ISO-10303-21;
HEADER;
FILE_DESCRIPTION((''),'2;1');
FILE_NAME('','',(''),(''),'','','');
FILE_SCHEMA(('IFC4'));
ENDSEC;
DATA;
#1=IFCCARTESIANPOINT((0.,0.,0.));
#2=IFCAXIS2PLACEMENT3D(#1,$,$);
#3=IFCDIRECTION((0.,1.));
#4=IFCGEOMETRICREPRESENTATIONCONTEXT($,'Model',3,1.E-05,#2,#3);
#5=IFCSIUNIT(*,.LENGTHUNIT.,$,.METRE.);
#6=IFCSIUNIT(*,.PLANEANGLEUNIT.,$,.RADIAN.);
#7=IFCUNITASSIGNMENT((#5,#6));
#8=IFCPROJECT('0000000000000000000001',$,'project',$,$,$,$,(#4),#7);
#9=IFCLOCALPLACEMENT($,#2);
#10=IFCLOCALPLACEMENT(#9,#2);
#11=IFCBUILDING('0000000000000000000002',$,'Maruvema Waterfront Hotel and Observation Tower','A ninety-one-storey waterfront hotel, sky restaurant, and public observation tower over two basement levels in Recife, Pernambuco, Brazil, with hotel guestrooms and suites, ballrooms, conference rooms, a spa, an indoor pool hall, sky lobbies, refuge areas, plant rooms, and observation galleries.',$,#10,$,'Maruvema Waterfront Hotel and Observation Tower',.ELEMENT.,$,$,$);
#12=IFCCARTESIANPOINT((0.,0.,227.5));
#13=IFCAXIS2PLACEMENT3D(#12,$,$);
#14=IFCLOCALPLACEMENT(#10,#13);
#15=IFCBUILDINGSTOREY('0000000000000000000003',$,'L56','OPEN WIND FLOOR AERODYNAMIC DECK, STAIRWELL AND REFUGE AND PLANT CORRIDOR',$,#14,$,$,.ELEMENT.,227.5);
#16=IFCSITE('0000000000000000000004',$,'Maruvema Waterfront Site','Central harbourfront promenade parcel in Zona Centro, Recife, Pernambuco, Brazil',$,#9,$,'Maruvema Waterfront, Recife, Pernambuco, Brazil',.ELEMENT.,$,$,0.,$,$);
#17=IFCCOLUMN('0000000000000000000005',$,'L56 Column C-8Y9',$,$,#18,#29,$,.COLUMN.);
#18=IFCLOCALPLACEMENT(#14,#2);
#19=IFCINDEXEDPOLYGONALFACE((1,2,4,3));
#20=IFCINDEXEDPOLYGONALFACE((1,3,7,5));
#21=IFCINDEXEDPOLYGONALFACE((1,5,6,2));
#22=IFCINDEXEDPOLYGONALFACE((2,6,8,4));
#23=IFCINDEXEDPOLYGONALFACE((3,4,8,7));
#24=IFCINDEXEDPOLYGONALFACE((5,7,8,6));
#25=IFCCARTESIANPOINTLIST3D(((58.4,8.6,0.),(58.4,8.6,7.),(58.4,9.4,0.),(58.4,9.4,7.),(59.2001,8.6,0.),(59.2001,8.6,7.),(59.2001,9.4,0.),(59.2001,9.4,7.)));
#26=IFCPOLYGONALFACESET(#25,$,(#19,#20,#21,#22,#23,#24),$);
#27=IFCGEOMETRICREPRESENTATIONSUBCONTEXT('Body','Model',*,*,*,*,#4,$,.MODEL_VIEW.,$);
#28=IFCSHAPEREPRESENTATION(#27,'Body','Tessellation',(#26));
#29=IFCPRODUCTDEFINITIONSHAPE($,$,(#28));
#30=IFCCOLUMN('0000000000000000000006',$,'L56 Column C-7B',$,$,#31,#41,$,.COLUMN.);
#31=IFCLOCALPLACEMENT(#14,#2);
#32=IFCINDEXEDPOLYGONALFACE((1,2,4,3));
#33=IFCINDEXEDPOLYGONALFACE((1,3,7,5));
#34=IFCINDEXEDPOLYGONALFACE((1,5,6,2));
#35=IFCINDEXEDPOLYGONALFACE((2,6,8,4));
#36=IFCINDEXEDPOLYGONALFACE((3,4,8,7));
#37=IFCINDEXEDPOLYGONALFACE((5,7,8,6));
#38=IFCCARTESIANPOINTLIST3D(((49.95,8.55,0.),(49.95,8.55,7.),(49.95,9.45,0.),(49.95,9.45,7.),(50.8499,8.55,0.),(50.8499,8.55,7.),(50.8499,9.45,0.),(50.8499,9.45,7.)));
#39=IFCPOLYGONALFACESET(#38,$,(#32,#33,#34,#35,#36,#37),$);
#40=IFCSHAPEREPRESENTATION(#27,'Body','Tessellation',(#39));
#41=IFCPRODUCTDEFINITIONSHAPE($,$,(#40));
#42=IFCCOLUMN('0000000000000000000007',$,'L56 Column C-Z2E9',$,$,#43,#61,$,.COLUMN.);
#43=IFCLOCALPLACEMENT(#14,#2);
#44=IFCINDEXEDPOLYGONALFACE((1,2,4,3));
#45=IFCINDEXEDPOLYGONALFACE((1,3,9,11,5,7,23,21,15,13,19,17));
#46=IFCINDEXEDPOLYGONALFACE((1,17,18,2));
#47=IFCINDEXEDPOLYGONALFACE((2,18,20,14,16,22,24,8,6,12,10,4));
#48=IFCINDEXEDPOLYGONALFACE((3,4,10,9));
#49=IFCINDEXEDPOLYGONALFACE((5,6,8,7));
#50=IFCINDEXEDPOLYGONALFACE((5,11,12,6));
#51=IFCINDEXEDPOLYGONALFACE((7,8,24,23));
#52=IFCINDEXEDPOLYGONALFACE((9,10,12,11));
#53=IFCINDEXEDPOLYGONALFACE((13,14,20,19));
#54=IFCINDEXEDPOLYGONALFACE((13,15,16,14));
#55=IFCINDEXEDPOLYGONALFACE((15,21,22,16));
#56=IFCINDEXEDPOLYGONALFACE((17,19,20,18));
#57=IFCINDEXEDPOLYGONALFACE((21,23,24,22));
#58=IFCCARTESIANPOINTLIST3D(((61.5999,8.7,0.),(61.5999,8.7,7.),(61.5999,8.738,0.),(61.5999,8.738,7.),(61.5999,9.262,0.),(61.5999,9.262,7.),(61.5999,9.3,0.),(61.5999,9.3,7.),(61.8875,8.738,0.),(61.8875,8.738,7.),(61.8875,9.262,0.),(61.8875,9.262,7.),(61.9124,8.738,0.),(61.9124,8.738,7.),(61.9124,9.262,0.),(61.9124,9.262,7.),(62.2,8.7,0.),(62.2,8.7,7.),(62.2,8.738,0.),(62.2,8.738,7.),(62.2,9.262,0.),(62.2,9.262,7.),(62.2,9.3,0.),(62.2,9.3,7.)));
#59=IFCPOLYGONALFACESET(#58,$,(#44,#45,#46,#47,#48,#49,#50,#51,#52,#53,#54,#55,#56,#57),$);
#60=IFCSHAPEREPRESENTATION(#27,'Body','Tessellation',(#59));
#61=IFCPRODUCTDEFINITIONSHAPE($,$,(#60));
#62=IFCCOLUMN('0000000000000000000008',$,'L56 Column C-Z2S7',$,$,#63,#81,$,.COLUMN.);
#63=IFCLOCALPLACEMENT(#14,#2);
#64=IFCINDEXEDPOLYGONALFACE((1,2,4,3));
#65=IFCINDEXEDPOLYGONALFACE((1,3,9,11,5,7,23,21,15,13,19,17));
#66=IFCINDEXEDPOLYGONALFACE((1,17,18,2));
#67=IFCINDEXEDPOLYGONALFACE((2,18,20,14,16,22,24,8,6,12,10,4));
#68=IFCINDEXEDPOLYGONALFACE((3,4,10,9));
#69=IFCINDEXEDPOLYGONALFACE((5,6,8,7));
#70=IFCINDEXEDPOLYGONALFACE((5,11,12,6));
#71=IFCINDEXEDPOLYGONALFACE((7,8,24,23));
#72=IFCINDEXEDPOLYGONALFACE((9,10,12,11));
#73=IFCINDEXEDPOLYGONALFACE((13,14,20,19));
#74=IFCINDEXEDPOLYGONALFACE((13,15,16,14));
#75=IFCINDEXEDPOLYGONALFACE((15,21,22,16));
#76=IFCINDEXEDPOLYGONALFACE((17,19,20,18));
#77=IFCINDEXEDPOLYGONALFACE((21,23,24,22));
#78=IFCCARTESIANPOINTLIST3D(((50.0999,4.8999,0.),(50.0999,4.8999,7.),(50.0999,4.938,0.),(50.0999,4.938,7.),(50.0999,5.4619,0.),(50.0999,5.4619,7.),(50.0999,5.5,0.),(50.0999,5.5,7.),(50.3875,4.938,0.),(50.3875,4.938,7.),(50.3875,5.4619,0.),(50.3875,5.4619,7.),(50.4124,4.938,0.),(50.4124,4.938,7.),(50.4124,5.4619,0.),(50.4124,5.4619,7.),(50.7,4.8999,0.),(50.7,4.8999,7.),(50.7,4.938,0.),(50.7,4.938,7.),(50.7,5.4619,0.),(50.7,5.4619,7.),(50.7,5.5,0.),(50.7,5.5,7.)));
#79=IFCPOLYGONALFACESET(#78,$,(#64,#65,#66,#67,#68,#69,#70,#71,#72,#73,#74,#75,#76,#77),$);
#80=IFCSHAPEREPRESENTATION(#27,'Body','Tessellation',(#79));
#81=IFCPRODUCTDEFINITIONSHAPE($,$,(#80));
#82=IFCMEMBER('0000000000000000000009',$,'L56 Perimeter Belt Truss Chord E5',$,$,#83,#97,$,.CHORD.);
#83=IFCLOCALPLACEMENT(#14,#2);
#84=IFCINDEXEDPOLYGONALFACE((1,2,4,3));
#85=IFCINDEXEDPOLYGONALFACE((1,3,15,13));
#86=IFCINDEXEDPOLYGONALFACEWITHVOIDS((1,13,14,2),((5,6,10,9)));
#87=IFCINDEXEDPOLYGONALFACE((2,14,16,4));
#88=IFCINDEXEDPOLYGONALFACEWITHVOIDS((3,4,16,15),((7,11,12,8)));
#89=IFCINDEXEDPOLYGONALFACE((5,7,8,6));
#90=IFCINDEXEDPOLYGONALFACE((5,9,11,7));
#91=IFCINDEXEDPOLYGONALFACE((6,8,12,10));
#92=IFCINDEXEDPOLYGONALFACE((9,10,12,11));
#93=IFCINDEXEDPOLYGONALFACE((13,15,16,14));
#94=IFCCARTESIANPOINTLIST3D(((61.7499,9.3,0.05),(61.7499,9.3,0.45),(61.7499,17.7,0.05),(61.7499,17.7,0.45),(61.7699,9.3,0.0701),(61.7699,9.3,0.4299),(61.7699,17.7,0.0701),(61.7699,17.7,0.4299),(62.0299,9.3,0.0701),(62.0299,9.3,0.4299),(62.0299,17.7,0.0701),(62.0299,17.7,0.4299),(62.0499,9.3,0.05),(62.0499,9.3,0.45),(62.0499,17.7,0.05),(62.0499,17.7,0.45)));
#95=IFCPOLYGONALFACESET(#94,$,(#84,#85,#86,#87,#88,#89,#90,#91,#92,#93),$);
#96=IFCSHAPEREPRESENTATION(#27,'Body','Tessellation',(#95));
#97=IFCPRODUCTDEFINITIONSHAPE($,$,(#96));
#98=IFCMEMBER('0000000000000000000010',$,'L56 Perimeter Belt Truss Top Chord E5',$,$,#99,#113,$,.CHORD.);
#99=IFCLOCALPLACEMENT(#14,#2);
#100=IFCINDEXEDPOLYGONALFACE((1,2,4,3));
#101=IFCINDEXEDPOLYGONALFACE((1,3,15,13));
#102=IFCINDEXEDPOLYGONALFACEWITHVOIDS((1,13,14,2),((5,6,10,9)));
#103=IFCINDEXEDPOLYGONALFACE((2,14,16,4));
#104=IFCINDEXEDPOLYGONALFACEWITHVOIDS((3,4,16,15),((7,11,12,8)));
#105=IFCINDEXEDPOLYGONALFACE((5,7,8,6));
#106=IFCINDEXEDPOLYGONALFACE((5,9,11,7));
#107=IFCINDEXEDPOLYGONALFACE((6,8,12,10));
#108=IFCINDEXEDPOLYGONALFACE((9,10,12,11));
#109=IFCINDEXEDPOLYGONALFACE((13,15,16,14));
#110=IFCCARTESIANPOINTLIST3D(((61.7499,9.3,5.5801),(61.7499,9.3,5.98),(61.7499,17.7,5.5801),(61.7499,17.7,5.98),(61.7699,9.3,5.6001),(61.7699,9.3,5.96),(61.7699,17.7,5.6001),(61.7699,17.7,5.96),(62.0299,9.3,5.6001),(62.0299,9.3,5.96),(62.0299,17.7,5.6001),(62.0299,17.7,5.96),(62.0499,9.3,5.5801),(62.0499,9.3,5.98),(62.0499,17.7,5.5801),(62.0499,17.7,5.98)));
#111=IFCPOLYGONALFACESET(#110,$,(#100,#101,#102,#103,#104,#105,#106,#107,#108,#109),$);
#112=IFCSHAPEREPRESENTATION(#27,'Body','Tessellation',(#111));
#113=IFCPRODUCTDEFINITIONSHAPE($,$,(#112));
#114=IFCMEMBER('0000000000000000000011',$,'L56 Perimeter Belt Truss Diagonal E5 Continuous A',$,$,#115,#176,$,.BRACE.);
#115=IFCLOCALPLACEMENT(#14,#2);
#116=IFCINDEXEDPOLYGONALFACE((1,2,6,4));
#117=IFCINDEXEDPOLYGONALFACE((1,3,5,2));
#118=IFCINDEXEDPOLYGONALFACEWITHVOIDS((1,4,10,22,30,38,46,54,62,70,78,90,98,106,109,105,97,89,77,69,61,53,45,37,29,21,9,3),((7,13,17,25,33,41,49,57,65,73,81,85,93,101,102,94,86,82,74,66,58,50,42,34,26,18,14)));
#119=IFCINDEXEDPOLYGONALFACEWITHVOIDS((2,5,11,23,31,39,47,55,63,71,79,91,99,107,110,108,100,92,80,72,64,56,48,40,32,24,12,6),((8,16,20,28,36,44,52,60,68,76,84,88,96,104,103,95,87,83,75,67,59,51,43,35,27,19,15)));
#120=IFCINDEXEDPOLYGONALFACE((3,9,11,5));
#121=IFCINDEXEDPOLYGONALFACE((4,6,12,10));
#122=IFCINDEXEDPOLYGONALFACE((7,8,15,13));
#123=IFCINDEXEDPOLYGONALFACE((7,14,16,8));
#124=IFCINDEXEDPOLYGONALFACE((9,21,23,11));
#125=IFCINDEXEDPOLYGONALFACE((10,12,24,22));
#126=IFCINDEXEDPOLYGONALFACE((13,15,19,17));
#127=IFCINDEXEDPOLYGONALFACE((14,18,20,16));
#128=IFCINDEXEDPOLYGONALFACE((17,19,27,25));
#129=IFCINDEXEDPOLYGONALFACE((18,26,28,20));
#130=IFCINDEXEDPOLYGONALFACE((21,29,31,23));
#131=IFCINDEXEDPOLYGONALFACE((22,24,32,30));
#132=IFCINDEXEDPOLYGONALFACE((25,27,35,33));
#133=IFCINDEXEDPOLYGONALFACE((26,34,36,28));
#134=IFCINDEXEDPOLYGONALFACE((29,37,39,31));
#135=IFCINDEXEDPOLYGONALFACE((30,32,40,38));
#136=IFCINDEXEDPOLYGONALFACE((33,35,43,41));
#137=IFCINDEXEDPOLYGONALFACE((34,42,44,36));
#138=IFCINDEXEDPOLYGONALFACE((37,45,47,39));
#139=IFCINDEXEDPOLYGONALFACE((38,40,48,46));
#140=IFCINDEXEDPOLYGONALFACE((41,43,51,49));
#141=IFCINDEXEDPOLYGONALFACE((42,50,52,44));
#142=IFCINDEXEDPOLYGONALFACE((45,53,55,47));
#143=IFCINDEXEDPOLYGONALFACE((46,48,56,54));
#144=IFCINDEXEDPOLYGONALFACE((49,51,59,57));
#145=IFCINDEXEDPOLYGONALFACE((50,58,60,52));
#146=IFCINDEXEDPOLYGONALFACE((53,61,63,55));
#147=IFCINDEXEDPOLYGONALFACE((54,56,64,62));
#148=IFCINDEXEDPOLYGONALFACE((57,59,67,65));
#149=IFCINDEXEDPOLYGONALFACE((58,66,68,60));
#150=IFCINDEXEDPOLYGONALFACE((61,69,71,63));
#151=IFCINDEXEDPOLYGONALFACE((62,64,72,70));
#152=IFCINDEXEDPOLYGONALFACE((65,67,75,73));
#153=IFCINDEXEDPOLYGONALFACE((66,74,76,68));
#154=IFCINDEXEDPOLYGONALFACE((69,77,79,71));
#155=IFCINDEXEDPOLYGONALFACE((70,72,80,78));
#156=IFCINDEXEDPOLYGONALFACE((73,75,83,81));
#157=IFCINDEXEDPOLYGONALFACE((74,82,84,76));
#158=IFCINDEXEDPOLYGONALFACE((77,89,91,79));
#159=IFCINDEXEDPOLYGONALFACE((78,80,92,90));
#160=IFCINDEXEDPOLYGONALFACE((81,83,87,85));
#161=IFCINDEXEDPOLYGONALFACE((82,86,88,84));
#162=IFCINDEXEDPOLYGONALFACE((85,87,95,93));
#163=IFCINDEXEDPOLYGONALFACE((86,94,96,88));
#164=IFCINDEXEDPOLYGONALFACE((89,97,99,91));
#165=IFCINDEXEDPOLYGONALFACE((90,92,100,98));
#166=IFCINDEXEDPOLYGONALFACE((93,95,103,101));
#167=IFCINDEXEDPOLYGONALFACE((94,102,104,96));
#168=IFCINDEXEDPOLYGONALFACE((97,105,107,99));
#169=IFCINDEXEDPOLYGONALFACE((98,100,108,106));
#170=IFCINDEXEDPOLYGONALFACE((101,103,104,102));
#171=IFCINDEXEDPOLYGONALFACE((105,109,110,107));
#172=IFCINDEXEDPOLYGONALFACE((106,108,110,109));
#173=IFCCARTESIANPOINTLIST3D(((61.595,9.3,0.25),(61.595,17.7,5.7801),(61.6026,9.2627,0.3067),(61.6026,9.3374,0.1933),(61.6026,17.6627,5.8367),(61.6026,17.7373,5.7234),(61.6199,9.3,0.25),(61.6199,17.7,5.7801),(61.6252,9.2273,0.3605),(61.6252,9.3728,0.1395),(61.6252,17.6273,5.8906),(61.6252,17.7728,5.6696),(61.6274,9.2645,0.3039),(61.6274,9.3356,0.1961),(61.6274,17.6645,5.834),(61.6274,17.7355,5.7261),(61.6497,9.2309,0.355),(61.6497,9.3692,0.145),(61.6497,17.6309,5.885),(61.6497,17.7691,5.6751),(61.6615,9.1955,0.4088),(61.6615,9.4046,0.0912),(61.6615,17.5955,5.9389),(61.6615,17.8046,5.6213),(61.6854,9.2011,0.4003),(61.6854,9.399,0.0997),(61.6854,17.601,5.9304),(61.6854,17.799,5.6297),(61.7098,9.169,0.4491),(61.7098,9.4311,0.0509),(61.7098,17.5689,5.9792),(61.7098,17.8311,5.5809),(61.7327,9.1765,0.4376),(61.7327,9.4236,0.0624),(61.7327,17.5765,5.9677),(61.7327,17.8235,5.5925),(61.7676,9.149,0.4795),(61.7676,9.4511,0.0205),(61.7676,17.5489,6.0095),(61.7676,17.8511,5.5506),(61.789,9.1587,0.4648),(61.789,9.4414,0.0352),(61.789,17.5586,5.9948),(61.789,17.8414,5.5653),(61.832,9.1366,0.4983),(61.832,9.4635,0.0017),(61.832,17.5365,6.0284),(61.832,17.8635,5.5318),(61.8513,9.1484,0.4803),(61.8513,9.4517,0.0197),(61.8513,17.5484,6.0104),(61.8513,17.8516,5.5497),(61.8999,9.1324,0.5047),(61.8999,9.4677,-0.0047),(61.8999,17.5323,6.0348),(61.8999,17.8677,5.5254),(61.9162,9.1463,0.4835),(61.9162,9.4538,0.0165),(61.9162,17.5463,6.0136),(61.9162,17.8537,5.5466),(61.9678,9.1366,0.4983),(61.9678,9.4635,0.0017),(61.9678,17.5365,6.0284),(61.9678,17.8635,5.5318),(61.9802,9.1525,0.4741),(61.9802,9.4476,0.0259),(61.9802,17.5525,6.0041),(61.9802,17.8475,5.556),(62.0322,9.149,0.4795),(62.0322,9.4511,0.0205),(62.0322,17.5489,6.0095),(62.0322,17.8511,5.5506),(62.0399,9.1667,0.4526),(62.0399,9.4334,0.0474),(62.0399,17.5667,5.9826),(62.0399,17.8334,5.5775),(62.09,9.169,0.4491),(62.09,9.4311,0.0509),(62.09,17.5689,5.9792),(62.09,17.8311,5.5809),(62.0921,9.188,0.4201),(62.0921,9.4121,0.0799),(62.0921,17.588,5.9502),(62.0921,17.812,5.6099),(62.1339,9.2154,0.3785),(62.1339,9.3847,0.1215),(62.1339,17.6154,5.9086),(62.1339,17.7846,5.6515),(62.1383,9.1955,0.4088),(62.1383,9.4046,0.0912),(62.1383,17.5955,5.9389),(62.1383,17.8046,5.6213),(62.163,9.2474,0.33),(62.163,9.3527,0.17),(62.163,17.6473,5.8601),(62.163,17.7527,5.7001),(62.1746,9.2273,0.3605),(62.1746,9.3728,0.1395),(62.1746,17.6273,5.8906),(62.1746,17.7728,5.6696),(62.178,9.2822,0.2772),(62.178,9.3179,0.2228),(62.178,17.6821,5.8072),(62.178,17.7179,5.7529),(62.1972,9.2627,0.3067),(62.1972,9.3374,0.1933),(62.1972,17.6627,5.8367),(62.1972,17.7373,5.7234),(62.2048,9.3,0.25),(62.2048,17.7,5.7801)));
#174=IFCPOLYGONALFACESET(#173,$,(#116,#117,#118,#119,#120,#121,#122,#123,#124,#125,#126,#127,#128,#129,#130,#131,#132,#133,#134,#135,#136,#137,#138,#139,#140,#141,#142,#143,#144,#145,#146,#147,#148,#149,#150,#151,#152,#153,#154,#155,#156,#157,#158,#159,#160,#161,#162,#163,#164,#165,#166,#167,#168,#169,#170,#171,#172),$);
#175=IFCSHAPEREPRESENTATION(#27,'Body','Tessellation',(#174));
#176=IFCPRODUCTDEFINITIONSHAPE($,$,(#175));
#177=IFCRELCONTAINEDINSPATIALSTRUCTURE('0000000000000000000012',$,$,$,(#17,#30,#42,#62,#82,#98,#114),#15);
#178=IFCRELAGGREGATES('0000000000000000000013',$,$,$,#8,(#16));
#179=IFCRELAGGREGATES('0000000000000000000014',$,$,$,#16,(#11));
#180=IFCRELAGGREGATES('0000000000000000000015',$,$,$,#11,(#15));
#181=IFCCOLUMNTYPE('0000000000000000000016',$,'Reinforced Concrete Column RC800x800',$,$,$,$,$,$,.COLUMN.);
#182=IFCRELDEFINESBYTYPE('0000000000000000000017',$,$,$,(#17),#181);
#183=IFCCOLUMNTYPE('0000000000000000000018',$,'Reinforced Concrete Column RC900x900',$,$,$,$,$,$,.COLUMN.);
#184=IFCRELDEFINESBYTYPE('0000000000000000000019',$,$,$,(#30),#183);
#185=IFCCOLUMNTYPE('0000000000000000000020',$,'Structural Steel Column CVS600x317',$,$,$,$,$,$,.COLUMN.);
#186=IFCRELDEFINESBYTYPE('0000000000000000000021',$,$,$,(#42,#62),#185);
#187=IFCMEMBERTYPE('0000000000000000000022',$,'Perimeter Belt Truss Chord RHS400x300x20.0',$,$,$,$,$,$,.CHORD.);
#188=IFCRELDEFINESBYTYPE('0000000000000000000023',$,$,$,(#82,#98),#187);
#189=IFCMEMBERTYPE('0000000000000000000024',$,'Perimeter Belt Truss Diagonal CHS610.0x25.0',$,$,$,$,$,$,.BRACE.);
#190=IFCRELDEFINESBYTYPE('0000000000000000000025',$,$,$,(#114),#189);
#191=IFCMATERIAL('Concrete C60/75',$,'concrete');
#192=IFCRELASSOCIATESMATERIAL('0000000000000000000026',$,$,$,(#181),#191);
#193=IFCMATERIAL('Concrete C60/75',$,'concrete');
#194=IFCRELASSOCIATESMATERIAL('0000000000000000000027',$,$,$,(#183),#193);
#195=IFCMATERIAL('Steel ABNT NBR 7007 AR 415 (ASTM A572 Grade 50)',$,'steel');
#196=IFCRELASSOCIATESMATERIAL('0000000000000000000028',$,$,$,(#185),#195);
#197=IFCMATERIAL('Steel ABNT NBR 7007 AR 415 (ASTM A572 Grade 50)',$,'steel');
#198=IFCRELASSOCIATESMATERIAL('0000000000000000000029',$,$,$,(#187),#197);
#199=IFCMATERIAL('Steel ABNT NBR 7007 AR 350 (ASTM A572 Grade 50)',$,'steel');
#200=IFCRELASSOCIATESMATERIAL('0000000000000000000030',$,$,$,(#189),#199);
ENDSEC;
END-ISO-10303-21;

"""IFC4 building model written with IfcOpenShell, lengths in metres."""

from ifc_helpers import new_model, si_unit, direction, frame, origin, origin_2d, place, context, subcontext, project, spatial, rectangle, hollow_rectangle, hollow_circle, i_section, extrude, material, material_profile, profile_set, type_object, element, save


model = new_model("IFC4")

# Units and contexts
model_context = context("Model", 3, precision=1e-05, world=origin(), true_north=direction((0.0, 1.0)))
body_context = subcontext(model_context, "Body", "Model", "MODEL_VIEW")
ifc_project = project(units=[si_unit("LENGTHUNIT", "METRE"), si_unit("PLANEANGLEUNIT", "RADIAN")], contexts=[model_context])

# Site, building, storey
site_placement = place(None, origin())
site = spatial("IfcSite", under=ifc_project, at=site_placement, Name="Maruvema Waterfront Site", Description="Central harbourfront promenade parcel in Zona Centro, Recife, Pernambuco, Brazil", LongName="Maruvema Waterfront, Recife, Pernambuco, Brazil", CompositionType="ELEMENT", RefElevation=0.0)
building_placement = place(site_placement, origin())
building = spatial("IfcBuilding", under=site, at=building_placement, Name="Maruvema Waterfront Hotel and Observation Tower", Description="A ninety-one-storey waterfront hotel, sky restaurant, and public observation tower over two basement levels in Recife, Pernambuco, Brazil, with hotel guestrooms and suites, ballrooms, conference rooms, a spa, an indoor pool hall, sky lobbies, refuge areas, plant rooms, and observation galleries.", LongName="Maruvema Waterfront Hotel and Observation Tower", CompositionType="ELEMENT")
storey_placement = place(building_placement, frame((0.0, 0.0, 227.5)))
storey = spatial("IfcBuildingStorey", under=building, at=storey_placement, Name="L56", Description="OPEN WIND FLOOR AERODYNAMIC DECK, STAIRWELL AND REFUGE AND PLANT CORRIDOR", CompositionType="ELEMENT", Elevation=227.5)

# Columns
ifc_material_1 = material(Name="Concrete C60/75", Category="concrete")
ifc_material_profile_1 = material_profile(ifc_material_1, rectangle(XDim=0.8, YDim=0.8, at=origin_2d()), Name="RC800x800")
ifc_profile_set_1 = profile_set([ifc_material_profile_1], Name="Concrete C60/75")
column_type_1 = type_object("IfcColumnType", Name="Reinforced Concrete Column RC800x800", PredefinedType="COLUMN", material=ifc_profile_set_1)
column_1_placement = place(storey_placement, frame((58.8, 9.0, 0.0), z_axis=(0.0, 0.0, 1.0), x_axis=(1.0, 0.0, 0.0)))
element("IfcColumn", 1, at=column_1_placement, inside=storey, type_object=column_type_1, Name="L56 Column C-8Y9", PredefinedType="COLUMN", context=body_context, shape_type="SweptSolid", body=[
    extrude(rectangle(XDim=0.8, YDim=0.8, at=origin_2d()), origin(), (0.0, 0.0, 1.0), 7.0),
])
ifc_material_2 = material(Name="Concrete C60/75", Category="concrete")
ifc_material_profile_2 = material_profile(ifc_material_2, rectangle(XDim=0.8999, YDim=0.8999, at=origin_2d()), Name="RC900x900")
ifc_profile_set_2 = profile_set([ifc_material_profile_2], Name="Concrete C60/75")
column_type_2 = type_object("IfcColumnType", Name="Reinforced Concrete Column RC900x900", PredefinedType="COLUMN", material=ifc_profile_set_2)
column_2_placement = place(storey_placement, frame((50.3999, 9.0, 0.0), z_axis=(0.0, 0.0, 1.0), x_axis=(1.0, 0.0, 0.0)))
element("IfcColumn", 2, at=column_2_placement, inside=storey, type_object=column_type_2, Name="L56 Column C-7B", PredefinedType="COLUMN", context=body_context, shape_type="SweptSolid", body=[
    extrude(rectangle(XDim=0.8999, YDim=0.8999, at=origin_2d()), origin(), (0.0, 0.0, 1.0), 7.0),
])
ifc_material_3 = material(Name="Steel ABNT NBR 7007 AR 415 (ASTM A572 Grade 50)", Category="steel")
ifc_material_profile_3 = material_profile(ifc_material_3, i_section(OverallWidth=0.6001, OverallDepth=0.6001, WebThickness=0.0249, FlangeThickness=0.0381, at=origin_2d()), Name="CVS600x317")
ifc_profile_set_3 = profile_set([ifc_material_profile_3], Name="Steel ABNT NBR 7007 AR 415 (ASTM A572 Grade 50)")
column_type_3 = type_object("IfcColumnType", Name="Structural Steel Column CVS600x317", PredefinedType="COLUMN", material=ifc_profile_set_3)
for number, where, z_axis, x_axis, name in (
    (3, (61.8999, 9.0, 0.0), (0.0, 0.0, 1.0), (1.0, 0.0, 0.0), "L56 Column C-Z2E9"),
    (4, (50.3999, 5.2, 0.0), (0.0, 0.0, 1.0), (1.0, 0.0, 0.0), "L56 Column C-Z2S7"),
):
    element("IfcColumn", number, at=place(storey_placement, frame(where, z_axis=z_axis, x_axis=x_axis)), inside=storey, type_object=column_type_3, Name=name, PredefinedType="COLUMN", context=body_context, shape_type="SweptSolid", body=[
        extrude(i_section(OverallWidth=0.6001, OverallDepth=0.6001, WebThickness=0.0249, FlangeThickness=0.0381, at=origin_2d()), origin(), (0.0, 0.0, 1.0), 7.0),
    ])

# Members
ifc_material_4 = material(Name="Steel ABNT NBR 7007 AR 415 (ASTM A572 Grade 50)", Category="steel")
ifc_material_profile_4 = material_profile(ifc_material_4, hollow_rectangle(XDim=0.3, YDim=0.3999, WallThickness=0.02, at=origin_2d()), Name="RHS400x300x20.0")
ifc_profile_set_4 = profile_set([ifc_material_profile_4], Name="Steel ABNT NBR 7007 AR 415 (ASTM A572 Grade 50)")
member_type_1 = type_object("IfcMemberType", Name="Perimeter Belt Truss Chord RHS400x300x20.0", PredefinedType="CHORD", material=ifc_profile_set_4)
for number, where, z_axis, x_axis, name in (
    (5, (61.8999, 9.3, 0.25), (0.0, 1.0, 0.0), (-1.0, 0.0, 0.0), "L56 Perimeter Belt Truss Chord E5"),
    (6, (61.8999, 9.3, 5.78), (0.0, 1.0, 0.0), (-1.0, 0.0, 0.0), "L56 Perimeter Belt Truss Top Chord E5"),
):
    element("IfcMember", number, at=place(storey_placement, frame(where, z_axis=z_axis, x_axis=x_axis)), inside=storey, type_object=member_type_1, Name=name, PredefinedType="CHORD", context=body_context, shape_type="SweptSolid", body=[
        extrude(hollow_rectangle(XDim=0.3, YDim=0.3999, WallThickness=0.02, at=origin_2d()), origin(), (0.0, 0.0, 1.0), 8.3999),
    ])
ifc_material_5 = material(Name="Steel ABNT NBR 7007 AR 350 (ASTM A572 Grade 50)", Category="steel")
ifc_material_profile_5 = material_profile(ifc_material_5, hollow_circle(Radius=0.3049, WallThickness=0.0249, at=origin_2d()), Name="CHS610.0x25.0")
ifc_profile_set_5 = profile_set([ifc_material_profile_5], Name="Steel ABNT NBR 7007 AR 350 (ASTM A572 Grade 50)")
member_type_2 = type_object("IfcMemberType", Name="Perimeter Belt Truss Diagonal CHS610.0x25.0", PredefinedType="BRACE", material=ifc_profile_set_5)
member_1_placement = place(storey_placement, frame((61.8999, 9.3, 0.25), z_axis=(0.0, 0.835245, 0.549879), x_axis=(-1.0, 0.0, 0.0)))
element("IfcMember", 7, at=member_1_placement, inside=storey, type_object=member_type_2, Name="L56 Perimeter Belt Truss Diagonal E5 Continuous A", PredefinedType="BRACE", context=body_context, shape_type="SweptSolid", body=[
    extrude(hollow_circle(Radius=0.3049, WallThickness=0.0249, at=origin_2d()), origin(), (0.0, 0.0, 1.0), 10.0569),
])

save(model, "model.ifc")
